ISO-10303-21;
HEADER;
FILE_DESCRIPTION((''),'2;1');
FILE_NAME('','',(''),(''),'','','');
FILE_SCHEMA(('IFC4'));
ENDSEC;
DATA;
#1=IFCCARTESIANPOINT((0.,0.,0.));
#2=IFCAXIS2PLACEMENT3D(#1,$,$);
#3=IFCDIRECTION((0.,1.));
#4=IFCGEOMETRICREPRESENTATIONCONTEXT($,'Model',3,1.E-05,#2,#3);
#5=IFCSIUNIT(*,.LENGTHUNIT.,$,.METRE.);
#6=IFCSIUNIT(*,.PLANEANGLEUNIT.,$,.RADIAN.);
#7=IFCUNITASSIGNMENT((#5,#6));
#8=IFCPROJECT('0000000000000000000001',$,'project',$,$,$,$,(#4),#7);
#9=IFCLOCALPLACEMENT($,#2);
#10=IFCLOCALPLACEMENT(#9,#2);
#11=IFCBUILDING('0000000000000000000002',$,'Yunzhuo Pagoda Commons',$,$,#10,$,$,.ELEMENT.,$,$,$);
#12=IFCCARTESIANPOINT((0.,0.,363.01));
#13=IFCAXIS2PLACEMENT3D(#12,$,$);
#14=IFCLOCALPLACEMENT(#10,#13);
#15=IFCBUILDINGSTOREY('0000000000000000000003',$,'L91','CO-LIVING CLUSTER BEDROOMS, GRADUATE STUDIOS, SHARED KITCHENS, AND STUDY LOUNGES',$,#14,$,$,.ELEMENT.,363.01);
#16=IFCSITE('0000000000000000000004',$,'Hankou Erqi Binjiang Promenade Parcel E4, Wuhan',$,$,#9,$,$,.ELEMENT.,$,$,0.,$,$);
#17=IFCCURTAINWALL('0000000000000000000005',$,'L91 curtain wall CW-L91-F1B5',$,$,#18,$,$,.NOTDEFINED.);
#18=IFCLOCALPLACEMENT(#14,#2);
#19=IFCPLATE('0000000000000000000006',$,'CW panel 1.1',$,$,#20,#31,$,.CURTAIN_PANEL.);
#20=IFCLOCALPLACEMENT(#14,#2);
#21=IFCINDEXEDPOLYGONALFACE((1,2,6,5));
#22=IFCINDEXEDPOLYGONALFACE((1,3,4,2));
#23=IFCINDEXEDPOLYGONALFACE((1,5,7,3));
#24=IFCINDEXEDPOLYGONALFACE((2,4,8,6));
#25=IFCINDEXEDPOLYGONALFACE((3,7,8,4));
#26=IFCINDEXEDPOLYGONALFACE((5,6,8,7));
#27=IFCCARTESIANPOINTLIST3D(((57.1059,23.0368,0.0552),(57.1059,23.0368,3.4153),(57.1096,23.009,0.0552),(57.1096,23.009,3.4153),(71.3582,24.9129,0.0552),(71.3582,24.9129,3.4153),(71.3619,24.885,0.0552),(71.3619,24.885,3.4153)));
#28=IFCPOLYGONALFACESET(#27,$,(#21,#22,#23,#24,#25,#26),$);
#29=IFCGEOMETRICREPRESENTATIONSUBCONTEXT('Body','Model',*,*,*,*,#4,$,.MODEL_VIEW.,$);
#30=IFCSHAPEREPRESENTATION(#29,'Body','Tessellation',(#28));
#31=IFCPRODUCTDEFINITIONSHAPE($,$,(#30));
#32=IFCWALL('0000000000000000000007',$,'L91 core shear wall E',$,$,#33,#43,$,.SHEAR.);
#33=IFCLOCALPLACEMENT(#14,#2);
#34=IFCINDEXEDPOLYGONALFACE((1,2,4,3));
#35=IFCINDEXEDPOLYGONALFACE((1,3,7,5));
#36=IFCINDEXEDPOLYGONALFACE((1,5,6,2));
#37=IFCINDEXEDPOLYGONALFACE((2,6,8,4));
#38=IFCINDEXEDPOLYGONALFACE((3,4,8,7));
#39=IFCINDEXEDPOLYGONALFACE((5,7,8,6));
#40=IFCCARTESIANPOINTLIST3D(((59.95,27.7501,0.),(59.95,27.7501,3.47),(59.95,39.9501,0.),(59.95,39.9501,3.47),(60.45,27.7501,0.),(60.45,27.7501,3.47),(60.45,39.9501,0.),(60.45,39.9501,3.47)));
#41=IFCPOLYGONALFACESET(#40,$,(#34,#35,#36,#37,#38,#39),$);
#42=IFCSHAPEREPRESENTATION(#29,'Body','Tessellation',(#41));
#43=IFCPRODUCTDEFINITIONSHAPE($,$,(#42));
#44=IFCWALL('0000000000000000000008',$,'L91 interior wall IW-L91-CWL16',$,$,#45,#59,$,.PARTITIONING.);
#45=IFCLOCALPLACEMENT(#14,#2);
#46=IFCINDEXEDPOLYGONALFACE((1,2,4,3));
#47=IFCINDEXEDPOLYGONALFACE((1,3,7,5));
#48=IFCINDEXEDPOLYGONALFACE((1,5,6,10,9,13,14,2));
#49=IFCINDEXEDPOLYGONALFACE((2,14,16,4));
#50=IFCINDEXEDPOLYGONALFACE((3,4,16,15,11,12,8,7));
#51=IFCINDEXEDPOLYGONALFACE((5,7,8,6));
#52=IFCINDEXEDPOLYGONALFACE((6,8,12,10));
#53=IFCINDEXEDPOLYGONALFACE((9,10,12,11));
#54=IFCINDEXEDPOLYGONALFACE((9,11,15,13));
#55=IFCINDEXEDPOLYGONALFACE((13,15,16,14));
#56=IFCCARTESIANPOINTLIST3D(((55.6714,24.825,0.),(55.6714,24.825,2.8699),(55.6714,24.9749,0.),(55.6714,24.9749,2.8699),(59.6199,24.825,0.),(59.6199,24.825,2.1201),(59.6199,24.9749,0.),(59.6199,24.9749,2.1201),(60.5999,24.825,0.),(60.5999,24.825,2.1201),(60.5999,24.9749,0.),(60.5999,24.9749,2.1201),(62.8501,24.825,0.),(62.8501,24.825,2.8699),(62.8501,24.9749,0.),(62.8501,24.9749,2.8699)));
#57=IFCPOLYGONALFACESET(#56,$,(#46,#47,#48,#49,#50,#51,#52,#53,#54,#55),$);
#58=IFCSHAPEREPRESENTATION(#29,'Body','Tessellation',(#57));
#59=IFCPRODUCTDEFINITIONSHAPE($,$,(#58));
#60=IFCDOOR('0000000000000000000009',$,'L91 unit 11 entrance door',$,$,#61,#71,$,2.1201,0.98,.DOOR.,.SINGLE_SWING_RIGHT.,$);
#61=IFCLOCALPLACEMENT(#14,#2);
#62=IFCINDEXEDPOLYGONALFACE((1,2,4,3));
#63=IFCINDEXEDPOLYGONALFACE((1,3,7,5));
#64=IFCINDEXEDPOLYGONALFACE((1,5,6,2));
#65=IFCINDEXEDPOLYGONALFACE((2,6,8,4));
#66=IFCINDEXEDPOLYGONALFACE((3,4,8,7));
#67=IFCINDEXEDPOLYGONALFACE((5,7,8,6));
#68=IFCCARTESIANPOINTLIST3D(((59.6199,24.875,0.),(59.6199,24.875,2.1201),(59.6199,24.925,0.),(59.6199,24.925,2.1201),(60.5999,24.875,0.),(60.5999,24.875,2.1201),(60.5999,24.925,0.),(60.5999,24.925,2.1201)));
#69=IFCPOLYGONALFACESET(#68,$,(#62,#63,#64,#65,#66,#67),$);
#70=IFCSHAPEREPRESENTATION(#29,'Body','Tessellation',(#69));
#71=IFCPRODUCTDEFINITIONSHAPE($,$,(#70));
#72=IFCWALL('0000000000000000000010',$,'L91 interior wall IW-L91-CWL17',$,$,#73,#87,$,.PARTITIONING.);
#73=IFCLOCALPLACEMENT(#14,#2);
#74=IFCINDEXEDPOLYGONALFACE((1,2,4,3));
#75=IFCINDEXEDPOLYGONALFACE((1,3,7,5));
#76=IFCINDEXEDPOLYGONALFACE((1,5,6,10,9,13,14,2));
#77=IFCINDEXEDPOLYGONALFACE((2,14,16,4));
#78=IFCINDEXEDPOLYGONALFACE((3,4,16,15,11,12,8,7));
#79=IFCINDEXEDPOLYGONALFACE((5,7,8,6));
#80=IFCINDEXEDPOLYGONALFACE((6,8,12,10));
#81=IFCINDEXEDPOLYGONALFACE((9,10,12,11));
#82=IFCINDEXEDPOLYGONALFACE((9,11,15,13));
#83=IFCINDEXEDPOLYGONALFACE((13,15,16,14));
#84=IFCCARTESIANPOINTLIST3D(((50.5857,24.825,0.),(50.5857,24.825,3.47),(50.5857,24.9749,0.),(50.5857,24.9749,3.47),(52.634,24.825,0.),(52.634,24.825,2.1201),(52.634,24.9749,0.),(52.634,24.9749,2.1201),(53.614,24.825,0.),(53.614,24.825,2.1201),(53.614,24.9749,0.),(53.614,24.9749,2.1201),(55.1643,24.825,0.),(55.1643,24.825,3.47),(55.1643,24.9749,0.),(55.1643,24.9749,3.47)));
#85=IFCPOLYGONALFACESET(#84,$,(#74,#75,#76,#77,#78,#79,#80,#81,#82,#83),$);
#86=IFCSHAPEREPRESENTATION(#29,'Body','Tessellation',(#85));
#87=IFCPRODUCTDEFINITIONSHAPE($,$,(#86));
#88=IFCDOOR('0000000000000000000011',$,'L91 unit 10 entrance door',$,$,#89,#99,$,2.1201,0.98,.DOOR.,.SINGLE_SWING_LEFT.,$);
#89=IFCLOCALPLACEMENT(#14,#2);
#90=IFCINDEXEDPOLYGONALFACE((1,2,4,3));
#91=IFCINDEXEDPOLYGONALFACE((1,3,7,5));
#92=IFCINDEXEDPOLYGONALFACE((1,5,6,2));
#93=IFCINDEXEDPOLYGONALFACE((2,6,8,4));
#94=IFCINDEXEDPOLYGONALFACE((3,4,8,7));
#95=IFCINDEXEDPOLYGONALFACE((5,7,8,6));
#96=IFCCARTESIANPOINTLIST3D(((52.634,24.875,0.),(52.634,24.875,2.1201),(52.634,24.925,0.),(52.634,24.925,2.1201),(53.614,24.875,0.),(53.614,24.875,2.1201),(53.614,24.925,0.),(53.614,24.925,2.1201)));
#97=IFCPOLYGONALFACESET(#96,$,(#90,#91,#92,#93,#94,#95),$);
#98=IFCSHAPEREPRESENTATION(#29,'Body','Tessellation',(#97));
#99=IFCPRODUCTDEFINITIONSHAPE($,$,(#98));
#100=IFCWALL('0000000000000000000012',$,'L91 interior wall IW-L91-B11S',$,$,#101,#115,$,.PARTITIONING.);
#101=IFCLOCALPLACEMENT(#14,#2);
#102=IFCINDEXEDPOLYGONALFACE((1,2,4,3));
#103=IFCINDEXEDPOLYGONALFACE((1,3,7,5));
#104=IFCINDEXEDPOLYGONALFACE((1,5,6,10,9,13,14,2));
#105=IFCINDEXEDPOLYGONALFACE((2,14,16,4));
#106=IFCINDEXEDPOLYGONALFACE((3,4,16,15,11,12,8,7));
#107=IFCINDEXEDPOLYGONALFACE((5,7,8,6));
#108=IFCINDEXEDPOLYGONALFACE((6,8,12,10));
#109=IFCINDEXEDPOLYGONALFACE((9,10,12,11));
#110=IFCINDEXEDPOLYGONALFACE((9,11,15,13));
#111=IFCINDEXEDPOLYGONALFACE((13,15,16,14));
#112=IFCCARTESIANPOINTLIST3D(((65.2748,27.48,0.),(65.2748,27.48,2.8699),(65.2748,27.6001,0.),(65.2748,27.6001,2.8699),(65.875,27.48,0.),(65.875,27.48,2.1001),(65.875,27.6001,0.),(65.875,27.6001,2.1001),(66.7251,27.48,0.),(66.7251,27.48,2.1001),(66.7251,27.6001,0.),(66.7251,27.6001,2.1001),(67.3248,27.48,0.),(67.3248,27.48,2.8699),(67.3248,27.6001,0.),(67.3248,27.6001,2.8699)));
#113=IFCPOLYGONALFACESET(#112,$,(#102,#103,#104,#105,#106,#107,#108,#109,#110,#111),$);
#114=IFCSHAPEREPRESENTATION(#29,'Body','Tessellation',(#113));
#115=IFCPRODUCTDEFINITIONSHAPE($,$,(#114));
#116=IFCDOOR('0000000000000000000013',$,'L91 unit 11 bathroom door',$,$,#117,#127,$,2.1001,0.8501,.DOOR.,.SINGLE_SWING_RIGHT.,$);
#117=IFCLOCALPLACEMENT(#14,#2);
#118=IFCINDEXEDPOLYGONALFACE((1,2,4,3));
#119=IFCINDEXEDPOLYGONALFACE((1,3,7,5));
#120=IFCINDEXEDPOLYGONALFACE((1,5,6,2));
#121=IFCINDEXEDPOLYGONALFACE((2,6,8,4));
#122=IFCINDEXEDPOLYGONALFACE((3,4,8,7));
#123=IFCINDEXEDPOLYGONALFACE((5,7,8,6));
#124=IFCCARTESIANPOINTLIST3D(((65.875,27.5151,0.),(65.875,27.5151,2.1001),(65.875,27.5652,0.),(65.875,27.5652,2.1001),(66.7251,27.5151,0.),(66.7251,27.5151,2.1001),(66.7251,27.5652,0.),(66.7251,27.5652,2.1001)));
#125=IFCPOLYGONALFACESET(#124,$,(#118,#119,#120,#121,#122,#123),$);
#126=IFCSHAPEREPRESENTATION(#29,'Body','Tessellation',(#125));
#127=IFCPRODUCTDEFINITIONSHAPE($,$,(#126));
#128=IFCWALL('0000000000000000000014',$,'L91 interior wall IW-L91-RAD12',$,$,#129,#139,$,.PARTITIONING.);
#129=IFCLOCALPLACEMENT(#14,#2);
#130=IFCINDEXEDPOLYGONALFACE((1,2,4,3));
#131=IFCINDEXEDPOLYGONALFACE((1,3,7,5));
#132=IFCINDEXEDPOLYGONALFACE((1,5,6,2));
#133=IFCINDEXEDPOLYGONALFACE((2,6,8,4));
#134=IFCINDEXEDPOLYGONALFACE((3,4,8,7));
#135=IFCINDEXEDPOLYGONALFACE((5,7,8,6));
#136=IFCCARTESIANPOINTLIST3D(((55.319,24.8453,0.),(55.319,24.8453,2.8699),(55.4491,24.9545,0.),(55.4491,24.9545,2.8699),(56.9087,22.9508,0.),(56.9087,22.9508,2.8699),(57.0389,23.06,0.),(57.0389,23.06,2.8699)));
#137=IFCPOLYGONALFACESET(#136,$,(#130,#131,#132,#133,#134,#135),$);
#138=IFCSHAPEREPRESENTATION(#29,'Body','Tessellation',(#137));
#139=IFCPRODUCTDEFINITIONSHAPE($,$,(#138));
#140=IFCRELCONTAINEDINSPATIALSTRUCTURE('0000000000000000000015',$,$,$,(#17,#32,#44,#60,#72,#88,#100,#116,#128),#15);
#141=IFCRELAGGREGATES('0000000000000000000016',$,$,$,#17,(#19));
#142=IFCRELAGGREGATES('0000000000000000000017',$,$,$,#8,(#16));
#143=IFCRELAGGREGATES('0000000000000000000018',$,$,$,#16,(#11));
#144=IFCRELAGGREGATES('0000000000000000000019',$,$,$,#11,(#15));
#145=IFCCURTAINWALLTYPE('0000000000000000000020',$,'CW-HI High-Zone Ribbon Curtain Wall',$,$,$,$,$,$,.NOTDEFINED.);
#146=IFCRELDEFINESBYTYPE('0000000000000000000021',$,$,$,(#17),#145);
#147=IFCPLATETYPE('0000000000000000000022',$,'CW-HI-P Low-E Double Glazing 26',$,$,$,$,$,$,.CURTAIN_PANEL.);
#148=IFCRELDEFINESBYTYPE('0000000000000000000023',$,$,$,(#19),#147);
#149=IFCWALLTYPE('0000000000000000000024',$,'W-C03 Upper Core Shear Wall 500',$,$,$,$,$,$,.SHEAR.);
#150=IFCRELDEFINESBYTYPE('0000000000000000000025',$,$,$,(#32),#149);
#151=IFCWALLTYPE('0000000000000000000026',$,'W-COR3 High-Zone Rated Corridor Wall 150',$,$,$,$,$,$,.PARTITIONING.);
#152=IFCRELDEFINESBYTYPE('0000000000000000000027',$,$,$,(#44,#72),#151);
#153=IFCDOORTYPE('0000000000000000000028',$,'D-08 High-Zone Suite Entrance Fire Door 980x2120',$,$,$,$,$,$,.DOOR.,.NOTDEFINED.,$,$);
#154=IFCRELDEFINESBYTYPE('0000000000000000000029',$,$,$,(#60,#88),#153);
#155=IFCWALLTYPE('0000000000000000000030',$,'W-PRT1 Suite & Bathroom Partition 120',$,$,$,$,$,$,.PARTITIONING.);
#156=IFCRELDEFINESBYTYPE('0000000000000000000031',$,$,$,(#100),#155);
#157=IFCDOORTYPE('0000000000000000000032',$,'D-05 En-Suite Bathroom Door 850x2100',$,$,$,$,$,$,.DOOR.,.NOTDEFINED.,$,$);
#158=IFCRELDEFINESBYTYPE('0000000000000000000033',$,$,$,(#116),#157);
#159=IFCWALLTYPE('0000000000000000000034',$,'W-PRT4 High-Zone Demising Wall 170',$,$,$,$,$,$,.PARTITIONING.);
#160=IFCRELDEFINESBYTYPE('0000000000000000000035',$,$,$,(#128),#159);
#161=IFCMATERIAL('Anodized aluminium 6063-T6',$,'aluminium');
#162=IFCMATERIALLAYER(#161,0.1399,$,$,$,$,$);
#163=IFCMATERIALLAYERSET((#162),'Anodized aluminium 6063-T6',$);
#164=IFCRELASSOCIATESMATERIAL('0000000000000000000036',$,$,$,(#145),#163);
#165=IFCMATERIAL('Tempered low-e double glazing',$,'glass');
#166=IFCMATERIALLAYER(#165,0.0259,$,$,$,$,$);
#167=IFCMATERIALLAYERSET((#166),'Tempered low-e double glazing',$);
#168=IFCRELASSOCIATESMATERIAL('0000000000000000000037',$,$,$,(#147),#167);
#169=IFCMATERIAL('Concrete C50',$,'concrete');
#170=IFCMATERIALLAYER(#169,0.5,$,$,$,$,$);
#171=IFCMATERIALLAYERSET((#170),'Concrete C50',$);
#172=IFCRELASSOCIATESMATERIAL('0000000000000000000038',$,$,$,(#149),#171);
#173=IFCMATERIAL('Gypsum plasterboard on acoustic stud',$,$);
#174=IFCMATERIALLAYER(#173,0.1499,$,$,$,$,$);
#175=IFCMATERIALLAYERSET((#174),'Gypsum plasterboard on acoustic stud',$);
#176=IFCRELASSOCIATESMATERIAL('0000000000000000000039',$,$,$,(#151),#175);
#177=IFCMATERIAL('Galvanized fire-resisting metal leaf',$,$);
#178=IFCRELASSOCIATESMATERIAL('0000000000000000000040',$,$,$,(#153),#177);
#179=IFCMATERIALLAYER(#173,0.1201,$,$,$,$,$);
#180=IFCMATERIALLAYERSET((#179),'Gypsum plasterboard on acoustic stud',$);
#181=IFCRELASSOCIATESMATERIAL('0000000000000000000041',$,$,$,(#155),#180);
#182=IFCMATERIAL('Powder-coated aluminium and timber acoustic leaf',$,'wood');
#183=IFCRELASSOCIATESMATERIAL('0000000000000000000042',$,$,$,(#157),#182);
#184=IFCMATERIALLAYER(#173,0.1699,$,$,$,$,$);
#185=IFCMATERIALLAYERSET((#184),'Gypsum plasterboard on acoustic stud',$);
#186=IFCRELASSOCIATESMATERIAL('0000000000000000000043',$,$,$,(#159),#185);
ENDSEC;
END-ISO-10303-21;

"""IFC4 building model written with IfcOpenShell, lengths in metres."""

from ifc_helpers import new_model, si_unit, direction, frame, frame_2d, origin, origin_with_axes, origin_2d, place, context, subcontext, project, spatial, rectangle, extrude, source, transform, mapped, material, layer, layer_set, type_object, element, fill, aggregate, save


model = new_model("IFC4")

# Units and contexts
model_context = context("Model", 3, precision=1e-05, world=origin(), true_north=direction((0.0, 1.0)))
body_context = subcontext(model_context, "Body", "Model", "MODEL_VIEW")
ifc_project = project(units=[si_unit("LENGTHUNIT", "METRE"), si_unit("PLANEANGLEUNIT", "RADIAN")], contexts=[model_context])

# Site, building, storey
site_placement = place(None, origin())
site = spatial("IfcSite", under=ifc_project, at=site_placement, Name="Hankou Erqi Binjiang Promenade Parcel E4, Wuhan", CompositionType="ELEMENT", RefElevation=0.0)
building_placement = place(site_placement, origin())
building = spatial("IfcBuilding", under=site, at=building_placement, Name="Yunzhuo Pagoda Commons", CompositionType="ELEMENT")
storey_placement = place(building_placement, frame((0.0, 0.0, 363.01)))
storey = spatial("IfcBuildingStorey", under=building, at=storey_placement, Name="L91", Description="CO-LIVING CLUSTER BEDROOMS, GRADUATE STUDIOS, SHARED KITCHENS, AND STUDY LOUNGES", CompositionType="ELEMENT", Elevation=363.01)

# Shared definitions
ifc_material_1 = material(Name="Anodized aluminium 6063-T6", Category="aluminium")
ifc_layer_1 = layer(ifc_material_1, 0.1399)
ifc_layer_set_1 = layer_set([ifc_layer_1], Name="Anodized aluminium 6063-T6")
curtain_wall_type = type_object("IfcCurtainWallType", Name="CW-HI High-Zone Ribbon Curtain Wall", PredefinedType="NOTDEFINED", material=ifc_layer_set_1)

# Curtain wall
curtain_wall_1_placement = place(storey_placement, origin())
curtain_wall_1 = element("IfcCurtainWall", 1, at=curtain_wall_1_placement, inside=storey, type_object=curtain_wall_type, Name="L91 curtain wall CW-L91-F1B5", PredefinedType="NOTDEFINED")

# Plate
ifc_material_2 = material(Name="Tempered low-e double glazing", Category="glass")
ifc_layer_2 = layer(ifc_material_2, 0.0259)
ifc_layer_set_2 = layer_set([ifc_layer_2], Name="Tempered low-e double glazing")
plate_type = type_object("IfcPlateType", Name="CW-HI-P Low-E Double Glazing 26", PredefinedType="CURTAIN_PANEL", material=ifc_layer_set_2)
shared_shape_1 = source(origin(), body_context, "Body", "SweptSolid", [
    extrude(rectangle(XDim=14.3752, YDim=0.0281, at=origin_2d()), origin(), (0.0, 0.0, 1.0), 3.3601),
])
plate_1_placement = place(storey_placement, frame((64.2339, 23.9609, 0.0552), z_axis=(0.0, 0.0, 1.0), x_axis=(0.991448, 0.130506, 0.0)))
plate_1 = element("IfcPlate", 2, at=plate_1_placement, type_object=plate_type, Name="CW panel 1.1", PredefinedType="CURTAIN_PANEL", context=body_context, shape_type="MappedRepresentation", body=[
    mapped(shared_shape_1, transform((0.0, 0.0, 0.0), scale=1.0)),
])
aggregate(curtain_wall_1, [plate_1])

# Wall
ifc_material_3 = material(Name="Concrete C50", Category="concrete")
ifc_layer_3 = layer(ifc_material_3, 0.5)
ifc_layer_set_3 = layer_set([ifc_layer_3], Name="Concrete C50")
wall_type_1 = type_object("IfcWallType", Name="W-C03 Upper Core Shear Wall 500", PredefinedType="SHEAR", material=ifc_layer_set_3)
wall_1_placement = place(storey_placement, frame((60.2, 27.75, 0.0), z_axis=(0.0, 0.0, 1.0), x_axis=(0.0, 1.0, 0.0)))
element("IfcWall", 3, at=wall_1_placement, inside=storey, type_object=wall_type_1, Name="L91 core shear wall E", PredefinedType="SHEAR", context=body_context, shape_type="SweptSolid", body=[
    extrude(rectangle(XDim=12.2, YDim=0.5, at=frame_2d((6.1001, 0.0))), origin(), (0.0, 0.0, 1.0), 3.47),
])

# Walls, openings, doors
ifc_material_4 = material(Name="Gypsum plasterboard on acoustic stud")
ifc_layer_4 = layer(ifc_material_4, 0.1499)
ifc_layer_set_4 = layer_set([ifc_layer_4], Name="Gypsum plasterboard on acoustic stud")
wall_type_2 = type_object("IfcWallType", Name="W-COR3 High-Zone Rated Corridor Wall 150", PredefinedType="PARTITIONING", material=ifc_layer_set_4)
wall_2_placement = place(storey_placement, frame((62.8501, 24.8999, 0.0), z_axis=(0.0, 0.0, 1.0), x_axis=(-1.0, 0.0, 0.0)))
wall_2 = element("IfcWall", 4, at=wall_2_placement, inside=storey, type_object=wall_type_2, Name="L91 interior wall IW-L91-CWL16", PredefinedType="PARTITIONING", context=body_context, shape_type="SweptSolid", body=[
    extrude(rectangle(XDim=7.1787, YDim=0.1499, at=frame_2d((3.5894, 0.0))), origin(), (0.0, 0.0, 1.0), 2.8699),
])
opening_1_placement = place(wall_2_placement, frame((2.2502, 0.0, 0.0)))
opening_1 = element("IfcOpeningElement", 5, at=opening_1_placement, cuts=wall_2, PredefinedType="OPENING", context=body_context, shape_type="SweptSolid", body=[
    extrude(rectangle(XDim=0.98, YDim=2.1201, at=frame_2d((0.49, 1.0601))), frame((0.0, 0.085, 0.0), z_axis=(0.0, -1.0, 0.0), x_axis=(1.0, 0.0, 0.0)), (0.0, 0.0, 1.0), 0.1699),
])
ifc_material_5 = material(Name="Galvanized fire-resisting metal leaf")
door_type_1 = type_object("IfcDoorType", Name="D-08 High-Zone Suite Entrance Fire Door 980x2120", OperationType="NOTDEFINED", PredefinedType="DOOR", material=ifc_material_5)
shared_shape_2 = source(origin(), body_context, "Body", "SweptSolid", [
    extrude(rectangle(XDim=0.98, YDim=2.1201, at=frame_2d((0.49, 1.0601))), frame((0.0, 0.0249, 0.0), z_axis=(0.0, -1.0, 0.0), x_axis=(1.0, 0.0, 0.0)), (0.0, 0.0, 1.0), 0.05),
])
door_1_placement = place(opening_1_placement, origin_with_axes())
door_1 = element("IfcDoor", 6, at=door_1_placement, inside=storey, type_object=door_type_1, Name="L91 unit 11 entrance door", OperationType="SINGLE_SWING_RIGHT", OverallHeight=2.1201, OverallWidth=0.98, PredefinedType="DOOR", context=body_context, shape_type="MappedRepresentation", body=[
    mapped(shared_shape_2, transform((0.0, 0.0, 0.0), scale=1.0)),
])
fill(opening_1, door_1)
wall_3_placement = place(storey_placement, frame((55.1643, 24.8999, 0.0), z_axis=(0.0, 0.0, 1.0), x_axis=(-1.0, 0.0, 0.0)))
wall_3 = element("IfcWall", 7, at=wall_3_placement, inside=storey, type_object=wall_type_2, Name="L91 interior wall IW-L91-CWL17", PredefinedType="PARTITIONING", context=body_context, shape_type="SweptSolid", body=[
    extrude(rectangle(XDim=4.5786, YDim=0.1499, at=frame_2d((2.2893, 0.0))), origin(), (0.0, 0.0, 1.0), 3.47),
])
opening_2_placement = place(wall_3_placement, frame((1.5503, 0.0, 0.0)))
opening_2 = element("IfcOpeningElement", 8, at=opening_2_placement, cuts=wall_3, PredefinedType="OPENING", context=body_context, shape_type="SweptSolid", body=[
    extrude(rectangle(XDim=0.98, YDim=2.1201, at=frame_2d((0.49, 1.0601))), frame((0.0, 0.085, 0.0), z_axis=(0.0, -1.0, 0.0), x_axis=(1.0, 0.0, 0.0)), (0.0, 0.0, 1.0), 0.1699),
])
door_2_placement = place(opening_2_placement, origin_with_axes())
door_2 = element("IfcDoor", 9, at=door_2_placement, inside=storey, type_object=door_type_1, Name="L91 unit 10 entrance door", OperationType="SINGLE_SWING_LEFT", OverallHeight=2.1201, OverallWidth=0.98, PredefinedType="DOOR", context=body_context, shape_type="MappedRepresentation", body=[
    mapped(shared_shape_2, transform((0.0, 0.0, 0.0), scale=1.0)),
])
fill(opening_2, door_2)
ifc_layer_5 = layer(ifc_material_4, 0.1201)
ifc_layer_set_5 = layer_set([ifc_layer_5], Name="Gypsum plasterboard on acoustic stud")
wall_type_3 = type_object("IfcWallType", Name="W-PRT1 Suite & Bathroom Partition 120", PredefinedType="PARTITIONING", material=ifc_layer_set_5)
wall_4_placement = place(storey_placement, frame((65.2749, 27.54, 0.0), z_axis=(0.0, 0.0, 1.0), x_axis=(1.0, 0.0, 0.0)))
wall_4 = element("IfcWall", 10, at=wall_4_placement, inside=storey, type_object=wall_type_3, Name="L91 interior wall IW-L91-B11S", PredefinedType="PARTITIONING", context=body_context, shape_type="SweptSolid", body=[
    extrude(rectangle(XDim=2.05, YDim=0.1201, at=frame_2d((1.0249, 0.0))), origin(), (0.0, 0.0, 1.0), 2.8699),
])
opening_3_placement = place(wall_4_placement, frame((0.6001, 0.0, 0.0)))
opening_3 = element("IfcOpeningElement", 11, at=opening_3_placement, cuts=wall_4, PredefinedType="OPENING", context=body_context, shape_type="SweptSolid", body=[
    extrude(rectangle(XDim=0.8501, YDim=2.1001, at=frame_2d((0.425, 1.05))), frame((0.0, 0.0701, 0.0), z_axis=(0.0, -1.0, 0.0), x_axis=(1.0, 0.0, 0.0)), (0.0, 0.0, 1.0), 0.1401),
])
ifc_material_6 = material(Name="Powder-coated aluminium and timber acoustic leaf", Category="wood")
door_type_2 = type_object("IfcDoorType", Name="D-05 En-Suite Bathroom Door 850x2100", OperationType="NOTDEFINED", PredefinedType="DOOR", material=ifc_material_6)
shared_shape_3 = source(origin(), body_context, "Body", "SweptSolid", [
    extrude(rectangle(XDim=0.8501, YDim=2.1001, at=frame_2d((0.425, 1.05))), frame((0.0, 0.0249, 0.0), z_axis=(0.0, -1.0, 0.0), x_axis=(1.0, 0.0, 0.0)), (0.0, 0.0, 1.0), 0.05),
])
door_3_placement = place(opening_3_placement, frame((0.8501, 0.0, 0.0), z_axis=(0.0, 0.0, 1.0), x_axis=(-1.0, 0.0, 0.0)))
door_3 = element("IfcDoor", 12, at=door_3_placement, inside=storey, type_object=door_type_2, Name="L91 unit 11 bathroom door", OperationType="SINGLE_SWING_RIGHT", OverallHeight=2.1001, OverallWidth=0.8501, PredefinedType="DOOR", context=body_context, shape_type="MappedRepresentation", body=[
    mapped(shared_shape_3, transform((0.0, 0.0, 0.0), scale=1.0)),
])
fill(opening_3, door_3)

# Wall
ifc_layer_6 = layer(ifc_material_4, 0.1699)
ifc_layer_set_6 = layer_set([ifc_layer_6], Name="Gypsum plasterboard on acoustic stud")
wall_type_4 = type_object("IfcWallType", Name="W-PRT4 High-Zone Demising Wall 170", PredefinedType="PARTITIONING", material=ifc_layer_set_6)
wall_5_placement = place(storey_placement, frame((55.384, 24.8999, 0.0), z_axis=(0.0, 0.0, 1.0), x_axis=(0.642822, -0.766016, 0.0)))
element("IfcWall", 13, at=wall_5_placement, inside=storey, type_object=wall_type_4, Name="L91 interior wall IW-L91-RAD12", PredefinedType="PARTITIONING", context=body_context, shape_type="SweptSolid", body=[
    extrude(rectangle(XDim=2.4731, YDim=0.1699, at=frame_2d((1.2366, 0.0))), origin(), (0.0, 0.0, 1.0), 2.8699),
])

save(model, "model.ifc")
